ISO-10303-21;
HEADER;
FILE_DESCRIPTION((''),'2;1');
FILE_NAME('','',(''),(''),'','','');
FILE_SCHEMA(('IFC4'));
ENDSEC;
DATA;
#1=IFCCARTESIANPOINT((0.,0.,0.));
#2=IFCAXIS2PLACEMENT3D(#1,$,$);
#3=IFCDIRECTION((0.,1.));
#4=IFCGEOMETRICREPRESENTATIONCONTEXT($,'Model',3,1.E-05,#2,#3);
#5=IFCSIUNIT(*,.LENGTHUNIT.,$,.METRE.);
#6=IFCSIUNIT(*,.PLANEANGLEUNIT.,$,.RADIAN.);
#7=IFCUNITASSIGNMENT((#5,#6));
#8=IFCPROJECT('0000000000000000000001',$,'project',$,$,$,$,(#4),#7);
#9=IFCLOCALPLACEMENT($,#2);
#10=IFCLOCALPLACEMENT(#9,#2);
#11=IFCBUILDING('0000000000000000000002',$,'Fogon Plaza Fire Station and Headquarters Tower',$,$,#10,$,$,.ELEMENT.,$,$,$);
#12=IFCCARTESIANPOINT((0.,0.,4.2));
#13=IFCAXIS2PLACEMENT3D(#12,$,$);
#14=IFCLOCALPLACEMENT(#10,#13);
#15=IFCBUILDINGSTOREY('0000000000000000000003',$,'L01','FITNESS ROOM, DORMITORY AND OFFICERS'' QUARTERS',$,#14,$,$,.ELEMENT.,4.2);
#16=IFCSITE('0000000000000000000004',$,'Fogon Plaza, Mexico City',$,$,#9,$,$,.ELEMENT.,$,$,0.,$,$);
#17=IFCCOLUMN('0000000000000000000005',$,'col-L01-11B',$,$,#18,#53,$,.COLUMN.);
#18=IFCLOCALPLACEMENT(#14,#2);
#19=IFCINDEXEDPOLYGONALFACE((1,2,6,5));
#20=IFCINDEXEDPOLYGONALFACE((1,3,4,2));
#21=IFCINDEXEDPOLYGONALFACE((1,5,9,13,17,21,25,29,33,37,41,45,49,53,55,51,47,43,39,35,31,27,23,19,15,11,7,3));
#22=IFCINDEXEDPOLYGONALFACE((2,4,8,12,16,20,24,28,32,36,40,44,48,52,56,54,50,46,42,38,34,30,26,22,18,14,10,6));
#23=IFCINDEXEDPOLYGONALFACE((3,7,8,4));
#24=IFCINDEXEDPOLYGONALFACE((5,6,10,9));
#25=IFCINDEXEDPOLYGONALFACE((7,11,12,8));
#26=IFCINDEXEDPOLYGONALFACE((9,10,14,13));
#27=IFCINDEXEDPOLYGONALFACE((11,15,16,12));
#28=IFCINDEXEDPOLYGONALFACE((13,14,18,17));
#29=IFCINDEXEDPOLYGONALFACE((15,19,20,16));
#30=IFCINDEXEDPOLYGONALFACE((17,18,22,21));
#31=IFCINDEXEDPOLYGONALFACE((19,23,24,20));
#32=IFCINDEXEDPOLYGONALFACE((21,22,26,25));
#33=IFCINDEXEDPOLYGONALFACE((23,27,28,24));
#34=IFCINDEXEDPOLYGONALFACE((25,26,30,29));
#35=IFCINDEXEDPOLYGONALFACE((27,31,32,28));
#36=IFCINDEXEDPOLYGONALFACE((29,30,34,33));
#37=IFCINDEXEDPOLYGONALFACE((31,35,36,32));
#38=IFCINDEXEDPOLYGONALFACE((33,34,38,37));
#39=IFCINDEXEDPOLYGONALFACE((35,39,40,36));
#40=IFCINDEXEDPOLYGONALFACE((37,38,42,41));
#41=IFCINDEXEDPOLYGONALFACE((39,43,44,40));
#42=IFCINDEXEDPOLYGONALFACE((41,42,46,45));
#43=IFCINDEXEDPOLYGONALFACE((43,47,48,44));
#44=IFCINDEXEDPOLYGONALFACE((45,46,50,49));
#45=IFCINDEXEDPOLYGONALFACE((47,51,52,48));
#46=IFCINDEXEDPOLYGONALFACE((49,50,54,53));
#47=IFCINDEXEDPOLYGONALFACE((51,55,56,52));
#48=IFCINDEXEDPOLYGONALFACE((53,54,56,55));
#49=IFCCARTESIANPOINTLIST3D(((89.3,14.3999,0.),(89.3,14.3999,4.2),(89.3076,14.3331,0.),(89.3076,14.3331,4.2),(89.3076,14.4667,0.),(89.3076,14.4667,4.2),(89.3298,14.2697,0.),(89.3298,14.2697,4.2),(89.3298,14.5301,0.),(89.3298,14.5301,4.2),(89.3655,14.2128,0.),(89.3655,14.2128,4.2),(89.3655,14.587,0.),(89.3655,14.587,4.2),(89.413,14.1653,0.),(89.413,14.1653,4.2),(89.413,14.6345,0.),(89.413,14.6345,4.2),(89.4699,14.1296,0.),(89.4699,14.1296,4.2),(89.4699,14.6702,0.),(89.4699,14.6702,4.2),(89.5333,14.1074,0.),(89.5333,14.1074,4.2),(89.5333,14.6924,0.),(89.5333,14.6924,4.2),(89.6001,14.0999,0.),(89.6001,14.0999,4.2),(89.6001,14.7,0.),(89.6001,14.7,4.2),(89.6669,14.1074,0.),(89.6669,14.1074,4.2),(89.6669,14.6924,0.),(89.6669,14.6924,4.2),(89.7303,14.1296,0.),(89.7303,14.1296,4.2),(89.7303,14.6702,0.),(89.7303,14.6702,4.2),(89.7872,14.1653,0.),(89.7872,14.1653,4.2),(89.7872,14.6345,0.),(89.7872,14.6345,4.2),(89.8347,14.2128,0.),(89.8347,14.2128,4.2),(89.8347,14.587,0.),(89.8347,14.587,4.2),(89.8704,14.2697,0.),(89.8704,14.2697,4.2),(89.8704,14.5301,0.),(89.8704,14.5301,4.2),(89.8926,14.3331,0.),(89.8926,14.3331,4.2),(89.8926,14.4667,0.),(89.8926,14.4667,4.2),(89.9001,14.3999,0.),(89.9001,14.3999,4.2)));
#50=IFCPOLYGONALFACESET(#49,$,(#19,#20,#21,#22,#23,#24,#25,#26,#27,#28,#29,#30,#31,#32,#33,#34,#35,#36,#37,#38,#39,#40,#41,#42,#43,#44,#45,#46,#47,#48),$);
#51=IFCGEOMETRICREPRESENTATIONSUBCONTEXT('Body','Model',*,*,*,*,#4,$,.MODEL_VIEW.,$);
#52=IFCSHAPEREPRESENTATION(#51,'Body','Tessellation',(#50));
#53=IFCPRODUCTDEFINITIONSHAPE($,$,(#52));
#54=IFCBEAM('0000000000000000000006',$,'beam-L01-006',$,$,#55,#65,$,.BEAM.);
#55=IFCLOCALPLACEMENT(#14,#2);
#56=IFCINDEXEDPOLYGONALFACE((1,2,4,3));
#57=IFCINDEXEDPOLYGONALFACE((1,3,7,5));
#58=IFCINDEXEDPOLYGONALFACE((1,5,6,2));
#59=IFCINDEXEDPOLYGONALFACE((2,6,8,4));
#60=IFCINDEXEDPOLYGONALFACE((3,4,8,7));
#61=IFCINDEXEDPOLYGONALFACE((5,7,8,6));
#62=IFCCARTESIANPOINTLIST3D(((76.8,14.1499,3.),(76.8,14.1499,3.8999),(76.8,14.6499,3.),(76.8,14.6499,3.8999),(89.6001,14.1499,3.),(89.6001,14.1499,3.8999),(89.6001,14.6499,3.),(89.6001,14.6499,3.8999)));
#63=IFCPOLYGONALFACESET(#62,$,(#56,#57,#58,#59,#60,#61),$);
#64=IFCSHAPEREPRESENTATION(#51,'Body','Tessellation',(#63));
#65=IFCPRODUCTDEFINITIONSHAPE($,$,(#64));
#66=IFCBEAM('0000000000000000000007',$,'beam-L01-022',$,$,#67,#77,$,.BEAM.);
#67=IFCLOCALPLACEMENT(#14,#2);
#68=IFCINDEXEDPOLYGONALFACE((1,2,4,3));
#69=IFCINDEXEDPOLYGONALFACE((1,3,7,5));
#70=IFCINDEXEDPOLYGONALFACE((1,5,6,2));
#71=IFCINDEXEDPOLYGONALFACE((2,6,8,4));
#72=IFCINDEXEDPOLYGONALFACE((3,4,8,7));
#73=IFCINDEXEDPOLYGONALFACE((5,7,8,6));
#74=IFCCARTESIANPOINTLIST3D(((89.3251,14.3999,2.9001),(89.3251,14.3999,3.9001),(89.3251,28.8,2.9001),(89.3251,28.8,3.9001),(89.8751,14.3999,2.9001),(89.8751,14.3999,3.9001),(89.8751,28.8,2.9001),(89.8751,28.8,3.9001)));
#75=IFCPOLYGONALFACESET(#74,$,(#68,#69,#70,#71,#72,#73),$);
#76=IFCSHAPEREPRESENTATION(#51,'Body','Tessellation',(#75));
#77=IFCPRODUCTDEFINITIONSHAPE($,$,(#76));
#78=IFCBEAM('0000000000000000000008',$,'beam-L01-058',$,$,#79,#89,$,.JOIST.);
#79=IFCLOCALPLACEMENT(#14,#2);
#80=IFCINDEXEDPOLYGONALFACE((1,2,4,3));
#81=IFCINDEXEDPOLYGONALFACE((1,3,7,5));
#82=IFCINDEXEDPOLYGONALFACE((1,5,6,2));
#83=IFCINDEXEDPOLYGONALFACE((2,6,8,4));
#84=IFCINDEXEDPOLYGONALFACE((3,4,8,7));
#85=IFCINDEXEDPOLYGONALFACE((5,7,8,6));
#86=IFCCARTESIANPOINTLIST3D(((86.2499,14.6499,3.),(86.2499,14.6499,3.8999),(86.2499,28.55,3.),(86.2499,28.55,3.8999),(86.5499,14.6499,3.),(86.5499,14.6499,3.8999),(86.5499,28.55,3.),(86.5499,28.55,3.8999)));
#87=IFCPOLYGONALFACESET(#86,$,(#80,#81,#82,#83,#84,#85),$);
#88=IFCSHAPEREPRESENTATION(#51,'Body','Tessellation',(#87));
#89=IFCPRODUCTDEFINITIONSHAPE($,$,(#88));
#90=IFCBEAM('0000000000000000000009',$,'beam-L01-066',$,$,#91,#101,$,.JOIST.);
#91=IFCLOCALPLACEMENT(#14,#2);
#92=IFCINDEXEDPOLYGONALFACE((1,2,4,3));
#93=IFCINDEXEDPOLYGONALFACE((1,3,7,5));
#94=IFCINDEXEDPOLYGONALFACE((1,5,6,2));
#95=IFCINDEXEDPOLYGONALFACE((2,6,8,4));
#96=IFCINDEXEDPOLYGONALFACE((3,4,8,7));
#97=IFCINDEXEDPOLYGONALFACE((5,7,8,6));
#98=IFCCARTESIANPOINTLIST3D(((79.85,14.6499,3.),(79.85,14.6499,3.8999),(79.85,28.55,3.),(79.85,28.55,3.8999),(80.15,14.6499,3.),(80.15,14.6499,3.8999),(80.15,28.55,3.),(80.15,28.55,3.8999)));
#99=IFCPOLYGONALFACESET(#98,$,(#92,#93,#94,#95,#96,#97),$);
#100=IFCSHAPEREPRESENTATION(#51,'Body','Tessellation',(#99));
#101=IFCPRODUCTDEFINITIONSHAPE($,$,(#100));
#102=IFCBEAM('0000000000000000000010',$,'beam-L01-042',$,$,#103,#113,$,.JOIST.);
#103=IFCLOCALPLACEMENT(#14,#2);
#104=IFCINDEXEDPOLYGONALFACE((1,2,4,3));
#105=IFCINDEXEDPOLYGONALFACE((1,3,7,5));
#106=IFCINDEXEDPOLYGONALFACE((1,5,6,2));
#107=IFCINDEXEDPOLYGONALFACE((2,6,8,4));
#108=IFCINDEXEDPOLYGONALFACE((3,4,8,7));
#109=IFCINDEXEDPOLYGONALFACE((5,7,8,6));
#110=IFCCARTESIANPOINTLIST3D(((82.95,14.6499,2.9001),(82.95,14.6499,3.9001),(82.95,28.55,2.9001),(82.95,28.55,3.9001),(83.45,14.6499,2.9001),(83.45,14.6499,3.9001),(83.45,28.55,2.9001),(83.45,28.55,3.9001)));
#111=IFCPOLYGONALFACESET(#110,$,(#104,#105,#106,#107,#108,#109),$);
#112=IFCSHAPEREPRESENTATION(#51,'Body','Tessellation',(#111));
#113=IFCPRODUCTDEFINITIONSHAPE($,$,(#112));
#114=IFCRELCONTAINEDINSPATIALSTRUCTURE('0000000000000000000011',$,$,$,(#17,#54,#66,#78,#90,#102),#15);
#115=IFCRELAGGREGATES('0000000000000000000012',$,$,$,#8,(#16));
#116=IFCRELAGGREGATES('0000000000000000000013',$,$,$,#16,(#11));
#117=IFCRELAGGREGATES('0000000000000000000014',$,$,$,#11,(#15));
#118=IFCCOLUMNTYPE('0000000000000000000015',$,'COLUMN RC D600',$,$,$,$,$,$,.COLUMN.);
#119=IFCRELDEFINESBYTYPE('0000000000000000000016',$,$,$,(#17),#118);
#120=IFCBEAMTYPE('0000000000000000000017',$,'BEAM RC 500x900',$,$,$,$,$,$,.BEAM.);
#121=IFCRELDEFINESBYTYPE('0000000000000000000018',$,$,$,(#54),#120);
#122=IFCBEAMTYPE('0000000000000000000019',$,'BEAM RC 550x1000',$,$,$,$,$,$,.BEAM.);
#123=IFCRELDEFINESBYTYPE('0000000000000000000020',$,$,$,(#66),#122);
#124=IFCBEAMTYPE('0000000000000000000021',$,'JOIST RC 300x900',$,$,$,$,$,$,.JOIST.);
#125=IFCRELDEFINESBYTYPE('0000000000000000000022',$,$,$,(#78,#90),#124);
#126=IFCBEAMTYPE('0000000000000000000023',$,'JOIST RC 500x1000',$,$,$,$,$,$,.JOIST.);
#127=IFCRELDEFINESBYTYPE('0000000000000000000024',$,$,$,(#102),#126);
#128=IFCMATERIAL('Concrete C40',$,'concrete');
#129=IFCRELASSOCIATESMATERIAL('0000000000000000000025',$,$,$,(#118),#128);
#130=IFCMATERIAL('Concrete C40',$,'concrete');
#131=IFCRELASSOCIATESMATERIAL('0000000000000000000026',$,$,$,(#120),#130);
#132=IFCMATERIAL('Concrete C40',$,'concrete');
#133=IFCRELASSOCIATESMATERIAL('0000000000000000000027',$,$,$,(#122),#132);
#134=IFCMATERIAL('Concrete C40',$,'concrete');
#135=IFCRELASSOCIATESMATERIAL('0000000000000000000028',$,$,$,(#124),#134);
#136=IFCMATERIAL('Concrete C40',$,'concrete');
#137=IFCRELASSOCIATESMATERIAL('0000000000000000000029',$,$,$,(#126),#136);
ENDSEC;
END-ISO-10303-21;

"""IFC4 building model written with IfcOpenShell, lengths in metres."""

from ifc_helpers import new_model, si_unit, direction, frame, origin, origin_2d, place, context, subcontext, project, spatial, rectangle, circle, extrude, material, material_profile, profile_set, type_object, element, save


model = new_model("IFC4")

# Units and contexts
model_context = context("Model", 3, precision=1e-05, world=origin(), true_north=direction((0.0, 1.0)))
body_context = subcontext(model_context, "Body", "Model", "MODEL_VIEW")
ifc_project = project(units=[si_unit("LENGTHUNIT", "METRE"), si_unit("PLANEANGLEUNIT", "RADIAN")], contexts=[model_context])

# Site, building, storey
site_placement = place(None, origin())
site = spatial("IfcSite", under=ifc_project, at=site_placement, Name="Fogon Plaza, Mexico City", CompositionType="ELEMENT", RefElevation=0.0)
building_placement = place(site_placement, origin())
building = spatial("IfcBuilding", under=site, at=building_placement, Name="Fogon Plaza Fire Station and Headquarters Tower", CompositionType="ELEMENT")
storey_placement = place(building_placement, frame((0.0, 0.0, 4.2)))
storey = spatial("IfcBuildingStorey", under=building, at=storey_placement, Name="L01", Description="FITNESS ROOM, DORMITORY AND OFFICERS' QUARTERS", CompositionType="ELEMENT", Elevation=4.2)

# Column
ifc_material_1 = material(Name="Concrete C40", Category="concrete")
ifc_material_profile_1 = material_profile(ifc_material_1, circle(Radius=0.3, at=origin_2d()), Name="RC D600")
ifc_profile_set_1 = profile_set([ifc_material_profile_1], Name="Concrete C40")
column_type = type_object("IfcColumnType", Name="COLUMN RC D600", PredefinedType="COLUMN", material=ifc_profile_set_1)
column_placement = place(storey_placement, frame((89.6001, 14.3999, 0.0), z_axis=(0.0, 0.0, 1.0), x_axis=(1.0, 0.0, 0.0)))
element("IfcColumn", 1, at=column_placement, inside=storey, type_object=column_type, Name="col-L01-11B", PredefinedType="COLUMN", context=body_context, shape_type="SweptSolid", body=[
    extrude(circle(Radius=0.3, at=origin_2d()), origin(), (0.0, 0.0, 1.0), 4.2),
])

# Beams
ifc_material_2 = material(Name="Concrete C40", Category="concrete")
ifc_material_profile_2 = material_profile(ifc_material_2, rectangle(XDim=0.5, YDim=0.8999, at=origin_2d()), Name="RC 500x900")
ifc_profile_set_2 = profile_set([ifc_material_profile_2], Name="Concrete C40")
beam_type_1 = type_object("IfcBeamType", Name="BEAM RC 500x900", PredefinedType="BEAM", material=ifc_profile_set_2)
beam_1_placement = place(storey_placement, frame((89.6001, 14.3999, 3.45), z_axis=(-1.0, 0.0, 0.0), x_axis=(0.0, -1.0, 0.0)))
element("IfcBeam", 2, at=beam_1_placement, inside=storey, type_object=beam_type_1, Name="beam-L01-006", PredefinedType="BEAM", context=body_context, shape_type="SweptSolid", body=[
    extrude(rectangle(XDim=0.5, YDim=0.8999, at=origin_2d()), origin(), (0.0, 0.0, 1.0), 12.8),
])
ifc_material_3 = material(Name="Concrete C40", Category="concrete")
ifc_material_profile_3 = material_profile(ifc_material_3, rectangle(XDim=0.55, YDim=1.0, at=origin_2d()), Name="RC 550x1000")
ifc_profile_set_3 = profile_set([ifc_material_profile_3], Name="Concrete C40")
beam_type_2 = type_object("IfcBeamType", Name="BEAM RC 550x1000", PredefinedType="BEAM", material=ifc_profile_set_3)
beam_2_placement = place(storey_placement, frame((89.6001, 14.3999, 3.4001), z_axis=(0.0, 1.0, 0.0), x_axis=(-1.0, 0.0, 0.0)))
element("IfcBeam", 3, at=beam_2_placement, inside=storey, type_object=beam_type_2, Name="beam-L01-022", PredefinedType="BEAM", context=body_context, shape_type="SweptSolid", body=[
    extrude(rectangle(XDim=0.55, YDim=1.0, at=origin_2d()), origin(), (0.0, 0.0, 1.0), 14.4001),
])
ifc_material_4 = material(Name="Concrete C40", Category="concrete")
ifc_material_profile_4 = material_profile(ifc_material_4, rectangle(XDim=0.3, YDim=0.8999, at=origin_2d()), Name="RC 300x900")
ifc_profile_set_4 = profile_set([ifc_material_profile_4], Name="Concrete C40")
beam_type_3 = type_object("IfcBeamType", Name="JOIST RC 300x900", PredefinedType="JOIST", material=ifc_profile_set_4)
for number, where, z_axis, x_axis, name in (
    (4, (86.3999, 14.6499, 3.45), (0.0, 1.0, 0.0), (-1.0, 0.0, 0.0), "beam-L01-058"),
    (5, (80.0, 14.6499, 3.45), (0.0, 1.0, 0.0), (-1.0, 0.0, 0.0), "beam-L01-066"),
):
    element("IfcBeam", number, at=place(storey_placement, frame(where, z_axis=z_axis, x_axis=x_axis)), inside=storey, type_object=beam_type_3, Name=name, PredefinedType="JOIST", context=body_context, shape_type="SweptSolid", body=[
        extrude(rectangle(XDim=0.3, YDim=0.8999, at=origin_2d()), origin(), (0.0, 0.0, 1.0), 13.9001),
    ])
ifc_material_5 = material(Name="Concrete C40", Category="concrete")
ifc_material_profile_5 = material_profile(ifc_material_5, rectangle(XDim=0.5, YDim=1.0, at=origin_2d()), Name="RC 500x1000")
ifc_profile_set_5 = profile_set([ifc_material_profile_5], Name="Concrete C40")
beam_type_4 = type_object("IfcBeamType", Name="JOIST RC 500x1000", PredefinedType="JOIST", material=ifc_profile_set_5)
beam_3_placement = place(storey_placement, frame((83.2, 14.6499, 3.4001), z_axis=(0.0, 1.0, 0.0), x_axis=(-1.0, 0.0, 0.0)))
element("IfcBeam", 6, at=beam_3_placement, inside=storey, type_object=beam_type_4, Name="beam-L01-042", PredefinedType="JOIST", context=body_context, shape_type="SweptSolid", body=[
    extrude(rectangle(XDim=0.5, YDim=1.0, at=origin_2d()), origin(), (0.0, 0.0, 1.0), 13.9001),
])

save(model, "model.ifc")
